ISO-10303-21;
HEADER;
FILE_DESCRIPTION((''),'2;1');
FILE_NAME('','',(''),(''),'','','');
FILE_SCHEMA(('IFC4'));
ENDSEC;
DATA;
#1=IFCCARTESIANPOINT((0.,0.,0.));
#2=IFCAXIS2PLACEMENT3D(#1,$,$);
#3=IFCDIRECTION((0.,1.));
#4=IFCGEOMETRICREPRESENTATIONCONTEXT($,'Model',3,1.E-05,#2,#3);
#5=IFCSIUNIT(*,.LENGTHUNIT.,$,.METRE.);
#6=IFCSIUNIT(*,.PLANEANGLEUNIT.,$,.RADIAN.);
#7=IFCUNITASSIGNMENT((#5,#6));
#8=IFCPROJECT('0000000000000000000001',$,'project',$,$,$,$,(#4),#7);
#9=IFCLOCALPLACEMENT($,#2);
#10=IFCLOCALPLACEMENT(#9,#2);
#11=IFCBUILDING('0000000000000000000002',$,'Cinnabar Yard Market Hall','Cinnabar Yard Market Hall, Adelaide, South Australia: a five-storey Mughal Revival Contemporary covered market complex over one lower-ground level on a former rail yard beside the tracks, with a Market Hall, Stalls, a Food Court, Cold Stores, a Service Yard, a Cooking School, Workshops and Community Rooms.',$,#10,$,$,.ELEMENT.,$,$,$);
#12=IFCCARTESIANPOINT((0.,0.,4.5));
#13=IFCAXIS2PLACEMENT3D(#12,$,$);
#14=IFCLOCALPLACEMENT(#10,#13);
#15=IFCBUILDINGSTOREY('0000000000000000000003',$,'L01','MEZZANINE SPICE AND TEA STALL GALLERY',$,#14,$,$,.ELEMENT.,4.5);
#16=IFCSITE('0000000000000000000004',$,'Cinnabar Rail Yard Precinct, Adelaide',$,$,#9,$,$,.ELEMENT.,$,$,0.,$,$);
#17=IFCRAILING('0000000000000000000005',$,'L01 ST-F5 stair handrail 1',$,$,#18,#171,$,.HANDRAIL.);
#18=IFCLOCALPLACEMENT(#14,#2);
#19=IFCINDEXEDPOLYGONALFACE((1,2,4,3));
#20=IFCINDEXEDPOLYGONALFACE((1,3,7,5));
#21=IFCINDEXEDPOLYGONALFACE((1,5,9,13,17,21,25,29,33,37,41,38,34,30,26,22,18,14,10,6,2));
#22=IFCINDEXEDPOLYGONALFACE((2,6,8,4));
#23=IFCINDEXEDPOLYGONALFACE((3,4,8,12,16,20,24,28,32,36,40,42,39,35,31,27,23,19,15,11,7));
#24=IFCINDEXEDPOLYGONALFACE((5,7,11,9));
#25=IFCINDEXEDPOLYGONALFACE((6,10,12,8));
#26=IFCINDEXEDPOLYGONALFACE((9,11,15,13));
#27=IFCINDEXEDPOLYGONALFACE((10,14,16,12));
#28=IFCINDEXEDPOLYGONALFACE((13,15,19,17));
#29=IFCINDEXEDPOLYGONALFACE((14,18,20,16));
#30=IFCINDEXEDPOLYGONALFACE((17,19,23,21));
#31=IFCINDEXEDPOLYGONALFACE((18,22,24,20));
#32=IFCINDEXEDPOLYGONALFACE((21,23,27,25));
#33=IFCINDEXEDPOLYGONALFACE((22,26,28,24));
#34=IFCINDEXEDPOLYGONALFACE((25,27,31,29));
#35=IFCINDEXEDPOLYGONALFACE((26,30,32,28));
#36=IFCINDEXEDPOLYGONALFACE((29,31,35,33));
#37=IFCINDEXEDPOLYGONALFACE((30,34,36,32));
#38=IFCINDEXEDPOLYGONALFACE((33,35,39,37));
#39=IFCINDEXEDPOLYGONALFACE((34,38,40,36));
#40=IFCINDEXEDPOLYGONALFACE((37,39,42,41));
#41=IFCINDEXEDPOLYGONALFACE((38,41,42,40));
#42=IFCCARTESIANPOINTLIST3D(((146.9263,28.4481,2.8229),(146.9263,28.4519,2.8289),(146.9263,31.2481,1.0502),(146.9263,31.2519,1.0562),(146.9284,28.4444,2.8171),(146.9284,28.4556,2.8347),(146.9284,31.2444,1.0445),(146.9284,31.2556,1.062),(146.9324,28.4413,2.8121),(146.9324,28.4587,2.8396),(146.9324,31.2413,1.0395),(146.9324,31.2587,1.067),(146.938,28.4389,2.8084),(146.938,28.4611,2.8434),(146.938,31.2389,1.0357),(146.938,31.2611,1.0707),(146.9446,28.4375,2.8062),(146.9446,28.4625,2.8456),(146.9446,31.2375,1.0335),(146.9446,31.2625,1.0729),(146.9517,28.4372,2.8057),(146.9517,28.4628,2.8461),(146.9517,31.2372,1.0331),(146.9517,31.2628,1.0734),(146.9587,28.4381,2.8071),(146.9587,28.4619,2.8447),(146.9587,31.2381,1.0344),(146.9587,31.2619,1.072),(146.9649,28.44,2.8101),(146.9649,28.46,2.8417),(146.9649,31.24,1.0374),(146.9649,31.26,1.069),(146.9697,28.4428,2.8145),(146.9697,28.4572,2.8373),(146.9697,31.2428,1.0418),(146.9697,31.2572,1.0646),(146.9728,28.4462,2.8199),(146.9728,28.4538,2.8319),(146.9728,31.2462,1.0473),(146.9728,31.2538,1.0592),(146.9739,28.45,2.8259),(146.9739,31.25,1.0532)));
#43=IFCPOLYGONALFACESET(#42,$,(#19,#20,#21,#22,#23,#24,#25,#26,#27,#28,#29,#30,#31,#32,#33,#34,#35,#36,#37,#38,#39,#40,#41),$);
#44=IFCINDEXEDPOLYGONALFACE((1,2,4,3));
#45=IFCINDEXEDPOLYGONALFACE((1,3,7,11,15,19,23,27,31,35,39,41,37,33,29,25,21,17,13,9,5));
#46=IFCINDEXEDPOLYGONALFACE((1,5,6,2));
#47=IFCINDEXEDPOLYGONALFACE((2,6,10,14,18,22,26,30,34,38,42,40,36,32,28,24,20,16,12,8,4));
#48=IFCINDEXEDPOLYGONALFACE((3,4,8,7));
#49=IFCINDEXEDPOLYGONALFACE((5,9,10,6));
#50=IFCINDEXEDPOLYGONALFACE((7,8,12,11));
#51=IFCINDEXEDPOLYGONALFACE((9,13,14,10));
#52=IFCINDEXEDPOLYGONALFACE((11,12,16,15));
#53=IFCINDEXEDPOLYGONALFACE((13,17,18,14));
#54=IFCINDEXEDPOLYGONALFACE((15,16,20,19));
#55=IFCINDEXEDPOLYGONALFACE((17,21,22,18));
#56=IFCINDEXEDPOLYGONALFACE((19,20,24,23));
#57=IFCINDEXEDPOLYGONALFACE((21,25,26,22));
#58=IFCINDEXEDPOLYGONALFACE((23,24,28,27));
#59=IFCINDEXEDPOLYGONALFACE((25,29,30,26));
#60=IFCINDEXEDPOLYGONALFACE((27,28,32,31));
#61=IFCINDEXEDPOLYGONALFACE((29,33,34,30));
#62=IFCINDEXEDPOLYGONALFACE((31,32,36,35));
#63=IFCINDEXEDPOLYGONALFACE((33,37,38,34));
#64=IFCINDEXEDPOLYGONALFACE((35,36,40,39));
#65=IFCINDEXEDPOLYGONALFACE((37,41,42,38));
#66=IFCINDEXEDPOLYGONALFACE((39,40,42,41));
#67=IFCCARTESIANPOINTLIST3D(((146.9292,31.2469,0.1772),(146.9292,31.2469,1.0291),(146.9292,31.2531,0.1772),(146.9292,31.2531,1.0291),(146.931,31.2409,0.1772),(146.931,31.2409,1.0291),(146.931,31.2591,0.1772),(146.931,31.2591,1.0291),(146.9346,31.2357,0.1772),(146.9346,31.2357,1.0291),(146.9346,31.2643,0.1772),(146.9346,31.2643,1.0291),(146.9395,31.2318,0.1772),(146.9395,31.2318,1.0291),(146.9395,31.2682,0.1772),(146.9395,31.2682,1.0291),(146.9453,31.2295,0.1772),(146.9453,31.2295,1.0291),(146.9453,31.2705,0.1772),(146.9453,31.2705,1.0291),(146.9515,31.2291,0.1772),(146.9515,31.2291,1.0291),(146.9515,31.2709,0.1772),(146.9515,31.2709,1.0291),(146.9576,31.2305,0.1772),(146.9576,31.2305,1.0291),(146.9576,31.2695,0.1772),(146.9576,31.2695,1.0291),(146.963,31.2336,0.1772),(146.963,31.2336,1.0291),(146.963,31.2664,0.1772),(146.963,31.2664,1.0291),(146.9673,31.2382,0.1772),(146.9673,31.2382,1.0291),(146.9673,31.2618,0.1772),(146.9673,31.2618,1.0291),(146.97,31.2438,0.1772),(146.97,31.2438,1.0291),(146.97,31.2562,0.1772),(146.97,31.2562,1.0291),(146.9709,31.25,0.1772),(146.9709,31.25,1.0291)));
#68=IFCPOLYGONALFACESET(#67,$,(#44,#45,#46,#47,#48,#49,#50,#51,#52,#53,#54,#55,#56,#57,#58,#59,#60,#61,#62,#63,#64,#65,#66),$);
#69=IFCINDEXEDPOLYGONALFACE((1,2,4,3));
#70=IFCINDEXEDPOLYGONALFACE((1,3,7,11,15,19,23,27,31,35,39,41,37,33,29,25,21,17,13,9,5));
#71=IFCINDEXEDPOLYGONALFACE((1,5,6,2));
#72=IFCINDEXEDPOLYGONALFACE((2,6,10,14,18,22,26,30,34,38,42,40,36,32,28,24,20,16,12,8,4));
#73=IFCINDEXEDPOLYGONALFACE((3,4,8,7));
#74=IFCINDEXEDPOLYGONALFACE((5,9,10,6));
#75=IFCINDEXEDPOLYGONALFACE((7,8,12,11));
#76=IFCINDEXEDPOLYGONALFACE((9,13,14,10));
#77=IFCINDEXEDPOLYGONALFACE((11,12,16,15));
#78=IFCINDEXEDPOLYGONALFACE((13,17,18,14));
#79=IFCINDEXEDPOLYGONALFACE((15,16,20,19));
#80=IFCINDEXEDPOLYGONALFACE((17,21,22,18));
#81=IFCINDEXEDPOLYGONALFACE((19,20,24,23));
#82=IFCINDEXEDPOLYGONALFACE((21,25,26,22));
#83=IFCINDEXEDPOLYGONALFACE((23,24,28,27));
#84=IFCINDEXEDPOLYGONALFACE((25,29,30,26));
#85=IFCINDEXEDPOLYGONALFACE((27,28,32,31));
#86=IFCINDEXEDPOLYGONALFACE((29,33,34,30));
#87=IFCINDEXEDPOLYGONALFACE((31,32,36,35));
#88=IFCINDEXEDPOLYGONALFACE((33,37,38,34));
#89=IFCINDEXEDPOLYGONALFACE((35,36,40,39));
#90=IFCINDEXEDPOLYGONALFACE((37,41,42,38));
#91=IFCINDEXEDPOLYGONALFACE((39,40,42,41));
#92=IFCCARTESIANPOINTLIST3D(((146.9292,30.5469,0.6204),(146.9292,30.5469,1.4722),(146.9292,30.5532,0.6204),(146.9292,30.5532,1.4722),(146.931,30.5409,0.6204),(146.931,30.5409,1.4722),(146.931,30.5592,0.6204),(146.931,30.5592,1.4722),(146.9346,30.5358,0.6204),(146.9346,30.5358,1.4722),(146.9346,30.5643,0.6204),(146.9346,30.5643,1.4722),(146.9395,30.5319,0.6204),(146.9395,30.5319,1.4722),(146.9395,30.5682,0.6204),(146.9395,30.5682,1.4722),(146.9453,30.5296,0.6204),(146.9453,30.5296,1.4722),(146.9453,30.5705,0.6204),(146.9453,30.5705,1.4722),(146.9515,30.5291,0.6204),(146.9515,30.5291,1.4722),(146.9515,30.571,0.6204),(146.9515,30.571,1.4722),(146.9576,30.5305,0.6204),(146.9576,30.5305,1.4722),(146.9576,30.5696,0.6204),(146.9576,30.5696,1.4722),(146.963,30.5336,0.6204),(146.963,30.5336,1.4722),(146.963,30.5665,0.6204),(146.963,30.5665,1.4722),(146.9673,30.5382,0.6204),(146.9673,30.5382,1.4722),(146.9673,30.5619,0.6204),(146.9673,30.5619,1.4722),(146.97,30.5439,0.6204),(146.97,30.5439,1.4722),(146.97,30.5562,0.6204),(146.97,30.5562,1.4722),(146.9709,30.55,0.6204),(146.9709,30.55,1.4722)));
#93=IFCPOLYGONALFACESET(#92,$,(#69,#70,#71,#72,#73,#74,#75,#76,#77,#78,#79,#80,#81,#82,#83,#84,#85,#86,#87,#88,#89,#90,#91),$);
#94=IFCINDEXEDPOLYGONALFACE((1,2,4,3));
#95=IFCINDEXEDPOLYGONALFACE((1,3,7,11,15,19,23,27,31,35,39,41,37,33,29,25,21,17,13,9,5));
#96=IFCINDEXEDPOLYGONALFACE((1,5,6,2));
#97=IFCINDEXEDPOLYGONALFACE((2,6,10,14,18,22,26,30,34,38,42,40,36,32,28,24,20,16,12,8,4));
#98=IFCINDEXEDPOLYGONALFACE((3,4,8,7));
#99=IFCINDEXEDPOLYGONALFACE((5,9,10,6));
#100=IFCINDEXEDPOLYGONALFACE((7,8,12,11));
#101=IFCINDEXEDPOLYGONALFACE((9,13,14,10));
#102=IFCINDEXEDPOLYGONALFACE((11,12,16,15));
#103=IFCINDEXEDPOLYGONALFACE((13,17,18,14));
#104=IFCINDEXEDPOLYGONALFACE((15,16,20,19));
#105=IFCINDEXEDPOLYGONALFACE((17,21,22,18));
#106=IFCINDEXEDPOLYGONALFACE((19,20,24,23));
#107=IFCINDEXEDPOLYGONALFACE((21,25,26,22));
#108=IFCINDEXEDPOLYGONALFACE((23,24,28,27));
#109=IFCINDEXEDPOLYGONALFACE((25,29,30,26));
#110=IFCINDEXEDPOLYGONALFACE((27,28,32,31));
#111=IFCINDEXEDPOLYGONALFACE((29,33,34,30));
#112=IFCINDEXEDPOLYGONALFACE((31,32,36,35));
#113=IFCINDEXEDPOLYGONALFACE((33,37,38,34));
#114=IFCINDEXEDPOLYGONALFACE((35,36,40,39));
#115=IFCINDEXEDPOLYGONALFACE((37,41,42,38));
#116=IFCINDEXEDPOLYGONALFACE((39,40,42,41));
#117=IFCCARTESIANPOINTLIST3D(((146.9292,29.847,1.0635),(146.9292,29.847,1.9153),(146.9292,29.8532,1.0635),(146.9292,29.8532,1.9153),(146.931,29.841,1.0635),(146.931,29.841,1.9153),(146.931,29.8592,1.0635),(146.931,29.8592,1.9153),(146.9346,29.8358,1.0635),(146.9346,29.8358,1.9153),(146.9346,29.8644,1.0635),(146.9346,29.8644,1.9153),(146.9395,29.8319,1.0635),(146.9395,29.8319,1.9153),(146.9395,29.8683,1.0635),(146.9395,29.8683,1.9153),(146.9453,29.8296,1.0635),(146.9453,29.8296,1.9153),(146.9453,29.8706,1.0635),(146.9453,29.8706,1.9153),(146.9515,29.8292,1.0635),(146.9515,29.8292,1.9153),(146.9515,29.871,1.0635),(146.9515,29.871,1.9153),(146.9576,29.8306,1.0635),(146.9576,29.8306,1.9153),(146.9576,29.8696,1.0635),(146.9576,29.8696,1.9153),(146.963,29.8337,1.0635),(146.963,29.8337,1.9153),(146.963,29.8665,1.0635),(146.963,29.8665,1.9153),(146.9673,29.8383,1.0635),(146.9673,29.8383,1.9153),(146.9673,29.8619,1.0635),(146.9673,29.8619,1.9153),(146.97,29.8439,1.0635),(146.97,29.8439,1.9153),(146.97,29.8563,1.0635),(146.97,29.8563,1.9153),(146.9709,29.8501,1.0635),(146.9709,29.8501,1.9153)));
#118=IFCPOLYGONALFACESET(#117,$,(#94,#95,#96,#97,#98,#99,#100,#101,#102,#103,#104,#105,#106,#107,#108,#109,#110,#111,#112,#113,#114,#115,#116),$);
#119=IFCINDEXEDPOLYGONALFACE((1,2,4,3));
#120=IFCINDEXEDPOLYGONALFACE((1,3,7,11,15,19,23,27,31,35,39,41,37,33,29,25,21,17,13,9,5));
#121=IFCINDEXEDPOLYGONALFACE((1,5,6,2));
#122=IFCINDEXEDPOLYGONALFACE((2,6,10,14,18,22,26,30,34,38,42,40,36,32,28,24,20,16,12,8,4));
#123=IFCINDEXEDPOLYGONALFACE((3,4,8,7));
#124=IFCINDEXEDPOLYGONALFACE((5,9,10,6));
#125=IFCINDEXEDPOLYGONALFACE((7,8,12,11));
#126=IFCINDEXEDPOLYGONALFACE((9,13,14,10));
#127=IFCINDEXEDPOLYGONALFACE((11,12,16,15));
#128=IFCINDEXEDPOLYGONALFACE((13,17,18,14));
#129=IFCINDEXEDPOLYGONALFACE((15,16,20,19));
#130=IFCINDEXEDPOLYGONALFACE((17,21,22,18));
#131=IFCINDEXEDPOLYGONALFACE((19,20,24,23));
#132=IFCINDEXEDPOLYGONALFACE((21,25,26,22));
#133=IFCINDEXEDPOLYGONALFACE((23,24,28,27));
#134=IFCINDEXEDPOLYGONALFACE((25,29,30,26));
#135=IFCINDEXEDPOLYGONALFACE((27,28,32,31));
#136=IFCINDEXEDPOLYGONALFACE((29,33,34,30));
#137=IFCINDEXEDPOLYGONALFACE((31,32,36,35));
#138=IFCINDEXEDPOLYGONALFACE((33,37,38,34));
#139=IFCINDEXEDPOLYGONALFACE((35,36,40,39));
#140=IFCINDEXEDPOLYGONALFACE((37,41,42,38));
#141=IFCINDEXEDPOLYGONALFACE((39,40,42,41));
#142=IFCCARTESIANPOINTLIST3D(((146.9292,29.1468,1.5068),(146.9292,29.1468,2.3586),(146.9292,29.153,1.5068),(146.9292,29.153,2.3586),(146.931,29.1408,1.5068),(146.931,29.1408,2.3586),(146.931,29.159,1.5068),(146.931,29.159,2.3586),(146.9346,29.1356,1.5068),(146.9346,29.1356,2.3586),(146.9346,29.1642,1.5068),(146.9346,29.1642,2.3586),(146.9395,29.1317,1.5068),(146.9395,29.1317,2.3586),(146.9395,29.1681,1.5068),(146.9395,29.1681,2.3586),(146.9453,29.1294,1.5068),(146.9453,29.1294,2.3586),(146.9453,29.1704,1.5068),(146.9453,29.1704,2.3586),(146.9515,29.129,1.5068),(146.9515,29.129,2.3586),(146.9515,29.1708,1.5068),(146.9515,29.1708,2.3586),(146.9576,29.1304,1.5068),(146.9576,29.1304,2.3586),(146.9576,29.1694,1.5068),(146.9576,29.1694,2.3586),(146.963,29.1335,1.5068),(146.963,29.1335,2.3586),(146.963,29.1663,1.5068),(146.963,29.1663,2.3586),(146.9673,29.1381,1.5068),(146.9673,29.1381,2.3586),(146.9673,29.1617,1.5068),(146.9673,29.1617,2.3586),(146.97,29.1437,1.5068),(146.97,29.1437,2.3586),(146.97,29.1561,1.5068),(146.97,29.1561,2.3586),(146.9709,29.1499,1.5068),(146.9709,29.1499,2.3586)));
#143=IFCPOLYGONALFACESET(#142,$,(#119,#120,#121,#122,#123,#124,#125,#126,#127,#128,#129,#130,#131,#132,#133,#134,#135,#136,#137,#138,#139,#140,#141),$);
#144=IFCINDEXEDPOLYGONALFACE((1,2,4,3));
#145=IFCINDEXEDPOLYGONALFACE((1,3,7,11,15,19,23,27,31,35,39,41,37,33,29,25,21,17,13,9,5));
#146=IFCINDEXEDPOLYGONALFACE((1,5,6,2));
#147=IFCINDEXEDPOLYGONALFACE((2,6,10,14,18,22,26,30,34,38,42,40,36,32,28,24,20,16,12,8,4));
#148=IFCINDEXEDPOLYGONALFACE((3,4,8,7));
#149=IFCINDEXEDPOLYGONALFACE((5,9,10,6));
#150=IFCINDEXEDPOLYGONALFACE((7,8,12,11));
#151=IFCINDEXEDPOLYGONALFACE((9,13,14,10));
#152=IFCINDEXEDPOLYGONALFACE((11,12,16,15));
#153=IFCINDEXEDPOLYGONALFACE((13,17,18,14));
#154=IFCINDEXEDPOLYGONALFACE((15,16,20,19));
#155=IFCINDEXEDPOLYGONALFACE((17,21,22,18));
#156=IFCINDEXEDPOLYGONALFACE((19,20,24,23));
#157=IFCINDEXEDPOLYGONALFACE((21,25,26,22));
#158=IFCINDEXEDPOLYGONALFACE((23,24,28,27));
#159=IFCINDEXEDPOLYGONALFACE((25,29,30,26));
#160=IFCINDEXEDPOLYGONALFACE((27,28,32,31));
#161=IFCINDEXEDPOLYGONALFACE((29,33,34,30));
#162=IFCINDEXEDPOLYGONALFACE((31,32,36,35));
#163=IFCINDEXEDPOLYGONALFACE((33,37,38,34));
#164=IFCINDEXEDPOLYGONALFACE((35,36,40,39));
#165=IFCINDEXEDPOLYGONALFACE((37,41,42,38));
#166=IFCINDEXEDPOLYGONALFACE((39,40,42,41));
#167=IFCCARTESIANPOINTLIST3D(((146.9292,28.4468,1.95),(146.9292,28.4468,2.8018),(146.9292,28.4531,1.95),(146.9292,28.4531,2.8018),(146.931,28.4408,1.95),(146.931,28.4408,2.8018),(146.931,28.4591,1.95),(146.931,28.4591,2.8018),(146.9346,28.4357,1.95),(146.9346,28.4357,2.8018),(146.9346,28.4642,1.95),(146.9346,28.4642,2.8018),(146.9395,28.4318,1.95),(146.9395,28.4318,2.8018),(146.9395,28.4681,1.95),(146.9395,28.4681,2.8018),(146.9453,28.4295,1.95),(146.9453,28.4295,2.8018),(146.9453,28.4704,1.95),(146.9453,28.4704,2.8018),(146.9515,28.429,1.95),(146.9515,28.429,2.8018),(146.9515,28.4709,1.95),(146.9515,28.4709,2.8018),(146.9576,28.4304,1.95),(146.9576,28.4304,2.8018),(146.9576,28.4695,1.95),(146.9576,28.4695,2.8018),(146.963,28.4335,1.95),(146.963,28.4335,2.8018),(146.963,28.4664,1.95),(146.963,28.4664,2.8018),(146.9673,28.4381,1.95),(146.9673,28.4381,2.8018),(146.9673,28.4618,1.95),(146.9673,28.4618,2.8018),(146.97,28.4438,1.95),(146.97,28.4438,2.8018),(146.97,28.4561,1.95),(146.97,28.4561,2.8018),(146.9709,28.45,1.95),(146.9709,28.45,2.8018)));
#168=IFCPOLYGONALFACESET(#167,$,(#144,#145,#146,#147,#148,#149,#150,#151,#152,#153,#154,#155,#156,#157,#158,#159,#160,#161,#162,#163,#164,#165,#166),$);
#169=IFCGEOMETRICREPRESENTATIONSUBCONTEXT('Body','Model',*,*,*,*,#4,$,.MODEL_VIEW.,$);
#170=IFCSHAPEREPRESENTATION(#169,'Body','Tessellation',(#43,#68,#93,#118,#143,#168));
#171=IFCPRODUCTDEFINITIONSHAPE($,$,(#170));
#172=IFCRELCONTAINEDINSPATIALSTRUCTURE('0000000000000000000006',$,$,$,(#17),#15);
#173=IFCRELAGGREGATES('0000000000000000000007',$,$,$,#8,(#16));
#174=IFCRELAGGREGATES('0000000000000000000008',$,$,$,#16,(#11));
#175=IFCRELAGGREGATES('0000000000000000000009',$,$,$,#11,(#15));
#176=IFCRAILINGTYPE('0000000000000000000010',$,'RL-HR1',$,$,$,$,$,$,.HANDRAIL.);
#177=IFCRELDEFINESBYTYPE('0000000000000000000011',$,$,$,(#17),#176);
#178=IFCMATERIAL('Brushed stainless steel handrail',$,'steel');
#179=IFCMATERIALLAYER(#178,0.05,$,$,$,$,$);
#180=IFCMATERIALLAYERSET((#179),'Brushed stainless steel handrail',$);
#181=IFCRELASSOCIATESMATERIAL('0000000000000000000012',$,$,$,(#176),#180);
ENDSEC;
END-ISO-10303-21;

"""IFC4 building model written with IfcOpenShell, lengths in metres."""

from ifc_helpers import new_model, si_unit, direction, frame, origin, origin_2d_with_axis, place, context, subcontext, project, spatial, circle, extrude, material, layer, layer_set, type_object, element, save


model = new_model("IFC4")

# Units and contexts
model_context = context("Model", 3, precision=1e-05, world=origin(), true_north=direction((0.0, 1.0)))
body_context = subcontext(model_context, "Body", "Model", "MODEL_VIEW")
ifc_project = project(units=[si_unit("LENGTHUNIT", "METRE"), si_unit("PLANEANGLEUNIT", "RADIAN")], contexts=[model_context])

# Site, building, storey
site_placement = place(None, origin())
site = spatial("IfcSite", under=ifc_project, at=site_placement, Name="Cinnabar Rail Yard Precinct, Adelaide", CompositionType="ELEMENT", RefElevation=0.0)
building_placement = place(site_placement, origin())
building = spatial("IfcBuilding", under=site, at=building_placement, Name="Cinnabar Yard Market Hall", Description="Cinnabar Yard Market Hall, Adelaide, South Australia: a five-storey Mughal Revival Contemporary covered market complex over one lower-ground level on a former rail yard beside the tracks, with a Market Hall, Stalls, a Food Court, Cold Stores, a Service Yard, a Cooking School, Workshops and Community Rooms.", CompositionType="ELEMENT")
storey_placement = place(building_placement, frame((0.0, 0.0, 4.5)))
storey = spatial("IfcBuildingStorey", under=building, at=storey_placement, Name="L01", Description="MEZZANINE SPICE AND TEA STALL GALLERY", CompositionType="ELEMENT", Elevation=4.5)

# Railing
ifc_material_1 = material(Name="Brushed stainless steel handrail", Category="steel")
ifc_layer_1 = layer(ifc_material_1, 0.05)
ifc_layer_set_1 = layer_set([ifc_layer_1], Name="Brushed stainless steel handrail")
railing_type_1 = type_object("IfcRailingType", Name="RL-HR1", PredefinedType="HANDRAIL", material=ifc_layer_set_1)
railing_1_placement = place(storey_placement, frame((146.95, 31.25, 0.1772)))
element("IfcRailing", 1, at=railing_1_placement, inside=storey, type_object=railing_type_1, Name="L01 ST-F5 stair handrail 1", PredefinedType="HANDRAIL", context=body_context, shape_type="SweptSolid", body=[
    extrude(circle(Radius=0.0239, at=origin_2d_with_axis()), frame((0.0, 0.0, 0.876), z_axis=(0.0, -0.844909, 0.53491), x_axis=(1.0, 0.0, 0.0)), (0.0, 0.0, 1.0), 3.314),
    extrude(circle(Radius=0.021, at=origin_2d_with_axis()), origin(), (0.0, 0.0, 1.0), 0.8518),
    extrude(circle(Radius=0.021, at=origin_2d_with_axis()), frame((0.0, -0.7, 0.4431)), (0.0, 0.0, 1.0), 0.8518),
    extrude(circle(Radius=0.021, at=origin_2d_with_axis()), frame((0.0, -1.3999, 0.8862)), (0.0, 0.0, 1.0), 0.8518),
    extrude(circle(Radius=0.021, at=origin_2d_with_axis()), frame((0.0, -2.1001, 1.3296)), (0.0, 0.0, 1.0), 0.8518),
    extrude(circle(Radius=0.021, at=origin_2d_with_axis()), frame((0.0, -2.8, 1.7727)), (0.0, 0.0, 1.0), 0.8518),
])

save(model, "model.ifc")
